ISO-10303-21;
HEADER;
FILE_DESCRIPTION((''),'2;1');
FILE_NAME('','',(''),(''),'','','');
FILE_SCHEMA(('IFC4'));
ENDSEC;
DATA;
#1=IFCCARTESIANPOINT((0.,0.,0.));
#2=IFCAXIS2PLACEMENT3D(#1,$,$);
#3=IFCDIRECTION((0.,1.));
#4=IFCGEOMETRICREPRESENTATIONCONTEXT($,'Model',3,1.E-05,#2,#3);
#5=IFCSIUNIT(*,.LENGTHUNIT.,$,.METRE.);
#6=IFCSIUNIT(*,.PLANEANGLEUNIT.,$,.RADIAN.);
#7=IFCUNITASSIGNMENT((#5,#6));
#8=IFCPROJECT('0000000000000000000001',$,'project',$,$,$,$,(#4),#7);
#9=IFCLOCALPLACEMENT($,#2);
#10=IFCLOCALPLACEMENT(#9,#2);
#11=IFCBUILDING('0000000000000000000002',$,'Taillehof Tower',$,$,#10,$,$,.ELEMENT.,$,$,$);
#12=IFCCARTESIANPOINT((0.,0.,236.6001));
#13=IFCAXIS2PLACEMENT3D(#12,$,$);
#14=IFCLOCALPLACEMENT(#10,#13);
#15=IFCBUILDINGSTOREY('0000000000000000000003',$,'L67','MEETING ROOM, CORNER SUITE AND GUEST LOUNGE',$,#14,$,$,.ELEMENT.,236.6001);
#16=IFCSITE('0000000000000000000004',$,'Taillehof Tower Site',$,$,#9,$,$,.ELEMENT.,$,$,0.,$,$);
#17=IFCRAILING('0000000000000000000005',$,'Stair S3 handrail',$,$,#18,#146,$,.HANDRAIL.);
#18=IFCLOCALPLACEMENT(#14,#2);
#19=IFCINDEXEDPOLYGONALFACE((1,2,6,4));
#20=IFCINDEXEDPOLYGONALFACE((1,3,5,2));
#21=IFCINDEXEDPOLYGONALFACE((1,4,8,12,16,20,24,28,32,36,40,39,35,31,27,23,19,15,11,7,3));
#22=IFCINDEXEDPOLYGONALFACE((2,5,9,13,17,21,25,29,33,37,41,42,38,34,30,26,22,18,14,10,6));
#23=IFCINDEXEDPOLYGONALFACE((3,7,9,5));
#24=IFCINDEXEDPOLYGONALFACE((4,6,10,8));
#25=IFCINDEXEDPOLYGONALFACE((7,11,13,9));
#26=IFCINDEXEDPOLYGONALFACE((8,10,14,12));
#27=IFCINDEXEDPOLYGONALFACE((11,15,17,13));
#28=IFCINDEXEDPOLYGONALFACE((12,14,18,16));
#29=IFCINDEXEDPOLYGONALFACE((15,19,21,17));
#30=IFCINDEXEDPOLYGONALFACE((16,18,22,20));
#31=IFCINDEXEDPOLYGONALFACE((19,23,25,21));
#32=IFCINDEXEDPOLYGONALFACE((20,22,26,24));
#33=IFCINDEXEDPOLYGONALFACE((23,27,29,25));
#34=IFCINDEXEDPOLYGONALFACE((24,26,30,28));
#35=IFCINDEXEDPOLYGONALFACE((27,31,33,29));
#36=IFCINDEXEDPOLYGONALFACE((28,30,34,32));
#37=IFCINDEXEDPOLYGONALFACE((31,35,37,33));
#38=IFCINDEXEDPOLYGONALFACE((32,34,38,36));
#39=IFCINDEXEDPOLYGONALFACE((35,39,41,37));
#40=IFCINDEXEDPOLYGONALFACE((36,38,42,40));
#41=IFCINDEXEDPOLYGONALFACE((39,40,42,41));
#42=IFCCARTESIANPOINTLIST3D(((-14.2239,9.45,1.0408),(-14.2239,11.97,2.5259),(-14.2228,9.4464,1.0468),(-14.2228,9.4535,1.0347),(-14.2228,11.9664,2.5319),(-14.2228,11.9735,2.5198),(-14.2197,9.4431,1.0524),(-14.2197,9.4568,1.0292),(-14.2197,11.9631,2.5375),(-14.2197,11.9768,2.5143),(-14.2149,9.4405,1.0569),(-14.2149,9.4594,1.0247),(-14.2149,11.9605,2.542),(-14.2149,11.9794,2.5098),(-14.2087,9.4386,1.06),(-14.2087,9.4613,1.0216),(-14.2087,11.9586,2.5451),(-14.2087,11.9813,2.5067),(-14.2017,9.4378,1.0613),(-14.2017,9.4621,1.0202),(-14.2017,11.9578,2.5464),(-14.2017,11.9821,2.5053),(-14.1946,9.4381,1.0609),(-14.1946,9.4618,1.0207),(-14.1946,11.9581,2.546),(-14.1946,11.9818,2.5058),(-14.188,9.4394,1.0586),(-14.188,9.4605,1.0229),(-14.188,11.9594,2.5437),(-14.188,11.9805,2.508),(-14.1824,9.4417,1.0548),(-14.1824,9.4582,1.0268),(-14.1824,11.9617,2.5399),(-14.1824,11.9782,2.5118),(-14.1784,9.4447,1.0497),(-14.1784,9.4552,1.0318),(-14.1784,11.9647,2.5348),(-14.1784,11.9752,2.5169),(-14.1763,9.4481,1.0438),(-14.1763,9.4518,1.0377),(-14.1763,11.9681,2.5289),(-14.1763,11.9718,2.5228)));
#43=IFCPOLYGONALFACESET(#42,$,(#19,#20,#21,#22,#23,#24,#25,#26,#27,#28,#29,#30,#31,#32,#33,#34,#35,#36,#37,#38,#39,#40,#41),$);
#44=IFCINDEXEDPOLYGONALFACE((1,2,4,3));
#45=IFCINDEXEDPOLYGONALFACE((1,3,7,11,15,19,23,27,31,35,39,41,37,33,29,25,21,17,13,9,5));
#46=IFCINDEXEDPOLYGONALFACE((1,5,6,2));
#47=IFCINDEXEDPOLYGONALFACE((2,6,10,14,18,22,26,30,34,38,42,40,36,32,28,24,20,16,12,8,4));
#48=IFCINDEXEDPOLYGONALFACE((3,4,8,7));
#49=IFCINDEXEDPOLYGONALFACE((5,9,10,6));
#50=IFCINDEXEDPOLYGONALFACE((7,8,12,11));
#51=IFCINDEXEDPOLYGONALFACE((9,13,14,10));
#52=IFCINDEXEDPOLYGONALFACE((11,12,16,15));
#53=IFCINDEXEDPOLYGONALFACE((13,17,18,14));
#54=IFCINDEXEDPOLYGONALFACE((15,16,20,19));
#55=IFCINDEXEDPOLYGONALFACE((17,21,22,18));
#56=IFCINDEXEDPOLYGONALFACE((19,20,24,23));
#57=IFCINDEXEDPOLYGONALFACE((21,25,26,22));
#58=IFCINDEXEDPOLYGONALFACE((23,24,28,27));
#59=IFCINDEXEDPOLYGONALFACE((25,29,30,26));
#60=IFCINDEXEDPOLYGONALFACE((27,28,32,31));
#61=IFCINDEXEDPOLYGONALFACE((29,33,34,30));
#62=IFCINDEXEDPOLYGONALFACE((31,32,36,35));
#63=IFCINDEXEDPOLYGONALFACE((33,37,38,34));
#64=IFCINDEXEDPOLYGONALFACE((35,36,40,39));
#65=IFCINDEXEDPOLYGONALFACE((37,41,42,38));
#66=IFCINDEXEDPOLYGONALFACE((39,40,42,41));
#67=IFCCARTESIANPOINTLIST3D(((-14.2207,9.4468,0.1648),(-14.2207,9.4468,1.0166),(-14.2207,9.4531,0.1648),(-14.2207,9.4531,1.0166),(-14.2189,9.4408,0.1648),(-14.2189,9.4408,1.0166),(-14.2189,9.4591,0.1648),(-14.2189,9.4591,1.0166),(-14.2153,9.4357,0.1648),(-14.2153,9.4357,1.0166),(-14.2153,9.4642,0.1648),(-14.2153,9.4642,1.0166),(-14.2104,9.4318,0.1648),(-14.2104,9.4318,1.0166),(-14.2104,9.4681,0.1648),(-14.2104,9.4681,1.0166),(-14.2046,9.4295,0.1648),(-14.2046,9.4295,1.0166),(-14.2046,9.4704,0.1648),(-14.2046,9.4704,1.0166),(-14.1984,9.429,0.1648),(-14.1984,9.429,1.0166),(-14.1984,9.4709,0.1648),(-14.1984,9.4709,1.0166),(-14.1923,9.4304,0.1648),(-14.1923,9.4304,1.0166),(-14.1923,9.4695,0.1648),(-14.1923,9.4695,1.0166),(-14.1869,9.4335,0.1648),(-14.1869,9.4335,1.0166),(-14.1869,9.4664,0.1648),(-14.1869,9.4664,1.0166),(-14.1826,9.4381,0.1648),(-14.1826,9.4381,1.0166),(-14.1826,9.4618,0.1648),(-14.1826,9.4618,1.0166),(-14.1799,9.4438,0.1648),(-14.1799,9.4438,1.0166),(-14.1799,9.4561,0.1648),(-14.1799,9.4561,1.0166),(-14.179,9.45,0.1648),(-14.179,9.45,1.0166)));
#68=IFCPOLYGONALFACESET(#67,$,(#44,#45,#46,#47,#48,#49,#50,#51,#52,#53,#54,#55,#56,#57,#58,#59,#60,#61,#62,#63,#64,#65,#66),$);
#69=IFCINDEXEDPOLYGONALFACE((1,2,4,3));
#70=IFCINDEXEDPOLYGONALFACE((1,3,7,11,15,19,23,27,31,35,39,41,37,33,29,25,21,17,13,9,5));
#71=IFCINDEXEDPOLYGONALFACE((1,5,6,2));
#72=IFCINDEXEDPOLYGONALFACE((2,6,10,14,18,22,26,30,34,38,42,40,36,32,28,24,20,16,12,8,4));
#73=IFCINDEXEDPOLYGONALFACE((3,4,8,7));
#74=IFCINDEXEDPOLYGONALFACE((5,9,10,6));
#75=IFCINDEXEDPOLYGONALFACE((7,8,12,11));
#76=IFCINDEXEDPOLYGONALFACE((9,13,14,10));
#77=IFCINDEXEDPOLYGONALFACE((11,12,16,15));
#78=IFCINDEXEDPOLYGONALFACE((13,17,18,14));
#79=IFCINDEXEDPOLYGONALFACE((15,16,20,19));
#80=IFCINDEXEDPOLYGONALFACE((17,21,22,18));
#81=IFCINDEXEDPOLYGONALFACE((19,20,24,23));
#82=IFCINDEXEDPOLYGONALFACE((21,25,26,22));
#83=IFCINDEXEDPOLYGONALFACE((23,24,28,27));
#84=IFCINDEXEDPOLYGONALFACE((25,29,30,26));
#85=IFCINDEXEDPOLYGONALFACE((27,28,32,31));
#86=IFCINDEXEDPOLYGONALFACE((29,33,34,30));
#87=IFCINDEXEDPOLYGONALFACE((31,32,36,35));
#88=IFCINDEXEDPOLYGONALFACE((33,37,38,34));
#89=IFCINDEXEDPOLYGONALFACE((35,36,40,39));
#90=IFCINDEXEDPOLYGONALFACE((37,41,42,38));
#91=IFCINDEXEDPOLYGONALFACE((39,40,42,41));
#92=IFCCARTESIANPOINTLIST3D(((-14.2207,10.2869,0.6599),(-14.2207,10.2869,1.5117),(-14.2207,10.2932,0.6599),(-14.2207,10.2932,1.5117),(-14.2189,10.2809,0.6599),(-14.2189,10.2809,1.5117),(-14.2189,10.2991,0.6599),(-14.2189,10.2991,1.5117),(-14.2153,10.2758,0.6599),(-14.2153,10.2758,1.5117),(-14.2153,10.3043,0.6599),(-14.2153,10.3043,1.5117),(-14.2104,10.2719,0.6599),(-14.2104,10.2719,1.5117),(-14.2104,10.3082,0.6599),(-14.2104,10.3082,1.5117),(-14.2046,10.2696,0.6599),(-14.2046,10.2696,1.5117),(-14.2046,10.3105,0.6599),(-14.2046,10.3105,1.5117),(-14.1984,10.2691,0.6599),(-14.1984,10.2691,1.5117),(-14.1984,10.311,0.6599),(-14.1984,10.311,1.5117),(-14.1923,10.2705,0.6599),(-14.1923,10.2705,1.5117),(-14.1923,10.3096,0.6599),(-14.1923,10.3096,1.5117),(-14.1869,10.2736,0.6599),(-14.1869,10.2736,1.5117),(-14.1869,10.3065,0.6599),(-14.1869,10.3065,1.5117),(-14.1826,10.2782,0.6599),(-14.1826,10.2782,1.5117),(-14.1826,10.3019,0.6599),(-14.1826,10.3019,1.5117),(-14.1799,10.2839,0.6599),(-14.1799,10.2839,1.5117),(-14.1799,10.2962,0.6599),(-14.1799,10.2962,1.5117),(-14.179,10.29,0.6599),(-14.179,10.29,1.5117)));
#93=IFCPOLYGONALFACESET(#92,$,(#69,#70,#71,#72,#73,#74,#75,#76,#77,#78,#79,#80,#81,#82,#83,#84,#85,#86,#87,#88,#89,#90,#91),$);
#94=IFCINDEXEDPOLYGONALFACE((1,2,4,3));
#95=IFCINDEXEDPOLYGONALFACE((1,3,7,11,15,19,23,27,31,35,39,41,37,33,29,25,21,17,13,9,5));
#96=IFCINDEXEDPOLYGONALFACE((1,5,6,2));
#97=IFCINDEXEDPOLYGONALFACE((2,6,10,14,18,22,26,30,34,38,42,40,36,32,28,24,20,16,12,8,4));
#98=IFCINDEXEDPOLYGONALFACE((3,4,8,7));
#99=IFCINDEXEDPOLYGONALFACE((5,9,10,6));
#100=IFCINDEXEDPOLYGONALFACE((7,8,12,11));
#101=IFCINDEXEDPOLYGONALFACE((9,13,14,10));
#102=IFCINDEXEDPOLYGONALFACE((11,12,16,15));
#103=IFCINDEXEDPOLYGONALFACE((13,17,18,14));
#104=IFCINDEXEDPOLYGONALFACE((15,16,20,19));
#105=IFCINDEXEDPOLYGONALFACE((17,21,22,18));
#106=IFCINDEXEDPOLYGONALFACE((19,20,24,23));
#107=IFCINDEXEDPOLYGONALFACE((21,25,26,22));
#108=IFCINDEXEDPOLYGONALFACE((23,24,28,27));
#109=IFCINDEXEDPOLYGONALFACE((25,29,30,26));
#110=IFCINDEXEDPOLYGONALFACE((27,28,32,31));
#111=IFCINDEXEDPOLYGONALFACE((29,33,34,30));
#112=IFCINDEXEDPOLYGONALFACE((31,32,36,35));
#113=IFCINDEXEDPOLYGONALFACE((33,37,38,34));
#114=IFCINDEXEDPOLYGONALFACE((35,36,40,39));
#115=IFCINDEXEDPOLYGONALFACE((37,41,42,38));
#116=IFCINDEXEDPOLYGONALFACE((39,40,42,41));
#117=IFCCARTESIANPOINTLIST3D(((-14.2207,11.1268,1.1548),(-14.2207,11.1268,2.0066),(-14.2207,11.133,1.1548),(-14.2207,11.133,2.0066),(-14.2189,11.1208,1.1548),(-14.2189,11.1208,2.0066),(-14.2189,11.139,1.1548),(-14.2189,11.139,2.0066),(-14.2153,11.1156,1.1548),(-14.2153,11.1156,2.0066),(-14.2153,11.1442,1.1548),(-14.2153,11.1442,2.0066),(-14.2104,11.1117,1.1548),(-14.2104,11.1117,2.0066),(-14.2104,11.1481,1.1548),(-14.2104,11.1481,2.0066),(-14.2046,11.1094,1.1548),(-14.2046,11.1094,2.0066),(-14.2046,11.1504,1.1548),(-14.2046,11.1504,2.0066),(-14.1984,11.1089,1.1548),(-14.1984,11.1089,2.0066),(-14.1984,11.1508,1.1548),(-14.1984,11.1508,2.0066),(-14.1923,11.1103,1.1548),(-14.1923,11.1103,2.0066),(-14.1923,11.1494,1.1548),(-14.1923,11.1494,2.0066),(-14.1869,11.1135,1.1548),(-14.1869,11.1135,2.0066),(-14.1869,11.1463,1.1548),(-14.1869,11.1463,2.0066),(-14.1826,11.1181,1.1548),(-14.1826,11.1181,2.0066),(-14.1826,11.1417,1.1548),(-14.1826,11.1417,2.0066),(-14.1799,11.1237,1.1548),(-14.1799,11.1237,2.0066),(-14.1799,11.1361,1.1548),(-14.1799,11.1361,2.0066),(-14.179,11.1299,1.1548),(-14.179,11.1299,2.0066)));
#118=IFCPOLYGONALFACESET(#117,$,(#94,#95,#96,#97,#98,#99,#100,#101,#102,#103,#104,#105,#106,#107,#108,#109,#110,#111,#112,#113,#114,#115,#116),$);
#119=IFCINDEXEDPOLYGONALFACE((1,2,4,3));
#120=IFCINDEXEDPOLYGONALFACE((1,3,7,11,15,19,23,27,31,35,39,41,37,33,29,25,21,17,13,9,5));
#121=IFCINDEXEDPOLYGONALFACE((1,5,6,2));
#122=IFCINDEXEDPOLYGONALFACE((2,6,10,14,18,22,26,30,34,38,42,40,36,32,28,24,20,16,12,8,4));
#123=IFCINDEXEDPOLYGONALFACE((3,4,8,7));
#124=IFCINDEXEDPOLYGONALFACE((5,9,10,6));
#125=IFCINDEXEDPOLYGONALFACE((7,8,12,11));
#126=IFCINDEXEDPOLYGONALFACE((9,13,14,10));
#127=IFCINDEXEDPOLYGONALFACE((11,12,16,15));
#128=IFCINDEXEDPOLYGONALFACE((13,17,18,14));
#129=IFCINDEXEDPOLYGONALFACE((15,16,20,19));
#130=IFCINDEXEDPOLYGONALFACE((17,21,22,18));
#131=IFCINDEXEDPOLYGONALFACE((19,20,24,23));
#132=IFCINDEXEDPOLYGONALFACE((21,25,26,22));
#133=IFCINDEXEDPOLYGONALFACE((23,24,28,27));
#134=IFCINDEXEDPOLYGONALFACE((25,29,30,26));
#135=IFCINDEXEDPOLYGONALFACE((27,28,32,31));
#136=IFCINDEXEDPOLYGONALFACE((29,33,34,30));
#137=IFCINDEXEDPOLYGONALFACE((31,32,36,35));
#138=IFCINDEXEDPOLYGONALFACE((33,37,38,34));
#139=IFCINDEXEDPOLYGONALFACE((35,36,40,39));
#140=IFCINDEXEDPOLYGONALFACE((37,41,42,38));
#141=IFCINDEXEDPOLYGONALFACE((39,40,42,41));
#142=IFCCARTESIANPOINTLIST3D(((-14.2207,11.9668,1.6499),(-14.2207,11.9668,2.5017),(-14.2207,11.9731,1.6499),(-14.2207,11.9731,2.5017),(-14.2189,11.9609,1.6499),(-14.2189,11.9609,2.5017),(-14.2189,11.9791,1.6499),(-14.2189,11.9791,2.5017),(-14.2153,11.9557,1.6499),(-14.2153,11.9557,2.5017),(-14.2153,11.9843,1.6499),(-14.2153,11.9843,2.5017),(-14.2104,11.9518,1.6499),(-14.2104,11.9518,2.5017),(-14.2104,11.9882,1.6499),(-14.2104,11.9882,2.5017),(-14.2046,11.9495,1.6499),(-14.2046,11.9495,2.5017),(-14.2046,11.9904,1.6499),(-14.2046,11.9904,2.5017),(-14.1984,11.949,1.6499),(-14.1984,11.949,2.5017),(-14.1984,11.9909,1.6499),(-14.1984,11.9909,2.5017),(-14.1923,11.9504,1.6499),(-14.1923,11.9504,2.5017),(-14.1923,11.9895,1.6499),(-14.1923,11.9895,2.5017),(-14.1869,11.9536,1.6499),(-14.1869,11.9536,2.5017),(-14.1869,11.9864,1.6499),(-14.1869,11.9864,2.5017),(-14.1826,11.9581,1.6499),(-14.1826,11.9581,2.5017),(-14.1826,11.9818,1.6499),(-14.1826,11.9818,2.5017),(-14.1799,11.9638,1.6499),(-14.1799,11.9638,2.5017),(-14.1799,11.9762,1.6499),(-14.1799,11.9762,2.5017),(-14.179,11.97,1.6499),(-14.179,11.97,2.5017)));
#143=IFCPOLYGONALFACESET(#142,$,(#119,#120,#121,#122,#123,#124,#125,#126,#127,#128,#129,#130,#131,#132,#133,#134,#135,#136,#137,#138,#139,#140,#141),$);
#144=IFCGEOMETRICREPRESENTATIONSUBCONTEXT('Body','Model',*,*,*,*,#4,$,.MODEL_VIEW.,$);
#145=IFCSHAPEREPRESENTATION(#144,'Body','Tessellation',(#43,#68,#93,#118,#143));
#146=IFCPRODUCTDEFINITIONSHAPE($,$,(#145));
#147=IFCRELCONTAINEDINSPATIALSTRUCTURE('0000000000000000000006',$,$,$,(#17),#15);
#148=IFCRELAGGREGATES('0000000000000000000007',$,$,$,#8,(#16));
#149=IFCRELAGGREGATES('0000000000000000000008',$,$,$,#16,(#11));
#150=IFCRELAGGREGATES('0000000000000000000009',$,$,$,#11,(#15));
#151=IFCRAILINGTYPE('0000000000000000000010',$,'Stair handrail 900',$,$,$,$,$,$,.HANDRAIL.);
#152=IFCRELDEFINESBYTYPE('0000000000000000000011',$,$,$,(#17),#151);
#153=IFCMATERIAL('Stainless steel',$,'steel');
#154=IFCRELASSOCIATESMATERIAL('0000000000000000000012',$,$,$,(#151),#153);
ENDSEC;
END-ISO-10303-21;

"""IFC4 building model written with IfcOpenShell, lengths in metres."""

from ifc_helpers import new_model, si_unit, direction, frame, origin, origin_2d, place, context, subcontext, project, spatial, circle, extrude, material, type_object, element, save


model = new_model("IFC4")

# Units and contexts
model_context = context("Model", 3, precision=1e-05, world=origin(), true_north=direction((0.0, 1.0)))
body_context = subcontext(model_context, "Body", "Model", "MODEL_VIEW")
ifc_project = project(units=[si_unit("LENGTHUNIT", "METRE"), si_unit("PLANEANGLEUNIT", "RADIAN")], contexts=[model_context])

# Site, building, storey
site_placement = place(None, origin())
site = spatial("IfcSite", under=ifc_project, at=site_placement, Name="Taillehof Tower Site", CompositionType="ELEMENT", RefElevation=0.0)
building_placement = place(site_placement, origin())
building = spatial("IfcBuilding", under=site, at=building_placement, Name="Taillehof Tower", CompositionType="ELEMENT")
storey_placement = place(building_placement, frame((0.0, 0.0, 236.6001)))
storey = spatial("IfcBuildingStorey", under=building, at=storey_placement, Name="L67", Description="MEETING ROOM, CORNER SUITE AND GUEST LOUNGE", CompositionType="ELEMENT", Elevation=236.6001)

# Railing
ifc_material_1 = material(Name="Stainless steel", Category="steel")
railing_type = type_object("IfcRailingType", Name="Stair handrail 900", PredefinedType="HANDRAIL", material=ifc_material_1)
railing_placement = place(storey_placement, frame((-14.2, 9.45, 0.1648)))
element("IfcRailing", 1, at=railing_placement, inside=storey, type_object=railing_type, Name="Stair S3 handrail", PredefinedType="HANDRAIL", context=body_context, shape_type="SweptSolid", body=[
    extrude(circle(Radius=0.0239, at=origin_2d()), frame((0.0, 0.0, 0.876), z_axis=(0.0, 0.861524, 0.507717), x_axis=(-1.0, 0.0, 0.0)), (0.0, 0.0, 1.0), 2.925),
    extrude(circle(Radius=0.021, at=origin_2d()), origin(), (0.0, 0.0, 1.0), 0.8518),
    extrude(circle(Radius=0.021, at=origin_2d()), frame((0.0, 0.8401, 0.4951)), (0.0, 0.0, 1.0), 0.8518),
    extrude(circle(Radius=0.021, at=origin_2d()), frame((0.0, 1.6799, 0.99)), (0.0, 0.0, 1.0), 0.8518),
    extrude(circle(Radius=0.021, at=origin_2d()), frame((0.0, 2.52, 1.4851)), (0.0, 0.0, 1.0), 0.8518),
])

save(model, "model.ifc")
